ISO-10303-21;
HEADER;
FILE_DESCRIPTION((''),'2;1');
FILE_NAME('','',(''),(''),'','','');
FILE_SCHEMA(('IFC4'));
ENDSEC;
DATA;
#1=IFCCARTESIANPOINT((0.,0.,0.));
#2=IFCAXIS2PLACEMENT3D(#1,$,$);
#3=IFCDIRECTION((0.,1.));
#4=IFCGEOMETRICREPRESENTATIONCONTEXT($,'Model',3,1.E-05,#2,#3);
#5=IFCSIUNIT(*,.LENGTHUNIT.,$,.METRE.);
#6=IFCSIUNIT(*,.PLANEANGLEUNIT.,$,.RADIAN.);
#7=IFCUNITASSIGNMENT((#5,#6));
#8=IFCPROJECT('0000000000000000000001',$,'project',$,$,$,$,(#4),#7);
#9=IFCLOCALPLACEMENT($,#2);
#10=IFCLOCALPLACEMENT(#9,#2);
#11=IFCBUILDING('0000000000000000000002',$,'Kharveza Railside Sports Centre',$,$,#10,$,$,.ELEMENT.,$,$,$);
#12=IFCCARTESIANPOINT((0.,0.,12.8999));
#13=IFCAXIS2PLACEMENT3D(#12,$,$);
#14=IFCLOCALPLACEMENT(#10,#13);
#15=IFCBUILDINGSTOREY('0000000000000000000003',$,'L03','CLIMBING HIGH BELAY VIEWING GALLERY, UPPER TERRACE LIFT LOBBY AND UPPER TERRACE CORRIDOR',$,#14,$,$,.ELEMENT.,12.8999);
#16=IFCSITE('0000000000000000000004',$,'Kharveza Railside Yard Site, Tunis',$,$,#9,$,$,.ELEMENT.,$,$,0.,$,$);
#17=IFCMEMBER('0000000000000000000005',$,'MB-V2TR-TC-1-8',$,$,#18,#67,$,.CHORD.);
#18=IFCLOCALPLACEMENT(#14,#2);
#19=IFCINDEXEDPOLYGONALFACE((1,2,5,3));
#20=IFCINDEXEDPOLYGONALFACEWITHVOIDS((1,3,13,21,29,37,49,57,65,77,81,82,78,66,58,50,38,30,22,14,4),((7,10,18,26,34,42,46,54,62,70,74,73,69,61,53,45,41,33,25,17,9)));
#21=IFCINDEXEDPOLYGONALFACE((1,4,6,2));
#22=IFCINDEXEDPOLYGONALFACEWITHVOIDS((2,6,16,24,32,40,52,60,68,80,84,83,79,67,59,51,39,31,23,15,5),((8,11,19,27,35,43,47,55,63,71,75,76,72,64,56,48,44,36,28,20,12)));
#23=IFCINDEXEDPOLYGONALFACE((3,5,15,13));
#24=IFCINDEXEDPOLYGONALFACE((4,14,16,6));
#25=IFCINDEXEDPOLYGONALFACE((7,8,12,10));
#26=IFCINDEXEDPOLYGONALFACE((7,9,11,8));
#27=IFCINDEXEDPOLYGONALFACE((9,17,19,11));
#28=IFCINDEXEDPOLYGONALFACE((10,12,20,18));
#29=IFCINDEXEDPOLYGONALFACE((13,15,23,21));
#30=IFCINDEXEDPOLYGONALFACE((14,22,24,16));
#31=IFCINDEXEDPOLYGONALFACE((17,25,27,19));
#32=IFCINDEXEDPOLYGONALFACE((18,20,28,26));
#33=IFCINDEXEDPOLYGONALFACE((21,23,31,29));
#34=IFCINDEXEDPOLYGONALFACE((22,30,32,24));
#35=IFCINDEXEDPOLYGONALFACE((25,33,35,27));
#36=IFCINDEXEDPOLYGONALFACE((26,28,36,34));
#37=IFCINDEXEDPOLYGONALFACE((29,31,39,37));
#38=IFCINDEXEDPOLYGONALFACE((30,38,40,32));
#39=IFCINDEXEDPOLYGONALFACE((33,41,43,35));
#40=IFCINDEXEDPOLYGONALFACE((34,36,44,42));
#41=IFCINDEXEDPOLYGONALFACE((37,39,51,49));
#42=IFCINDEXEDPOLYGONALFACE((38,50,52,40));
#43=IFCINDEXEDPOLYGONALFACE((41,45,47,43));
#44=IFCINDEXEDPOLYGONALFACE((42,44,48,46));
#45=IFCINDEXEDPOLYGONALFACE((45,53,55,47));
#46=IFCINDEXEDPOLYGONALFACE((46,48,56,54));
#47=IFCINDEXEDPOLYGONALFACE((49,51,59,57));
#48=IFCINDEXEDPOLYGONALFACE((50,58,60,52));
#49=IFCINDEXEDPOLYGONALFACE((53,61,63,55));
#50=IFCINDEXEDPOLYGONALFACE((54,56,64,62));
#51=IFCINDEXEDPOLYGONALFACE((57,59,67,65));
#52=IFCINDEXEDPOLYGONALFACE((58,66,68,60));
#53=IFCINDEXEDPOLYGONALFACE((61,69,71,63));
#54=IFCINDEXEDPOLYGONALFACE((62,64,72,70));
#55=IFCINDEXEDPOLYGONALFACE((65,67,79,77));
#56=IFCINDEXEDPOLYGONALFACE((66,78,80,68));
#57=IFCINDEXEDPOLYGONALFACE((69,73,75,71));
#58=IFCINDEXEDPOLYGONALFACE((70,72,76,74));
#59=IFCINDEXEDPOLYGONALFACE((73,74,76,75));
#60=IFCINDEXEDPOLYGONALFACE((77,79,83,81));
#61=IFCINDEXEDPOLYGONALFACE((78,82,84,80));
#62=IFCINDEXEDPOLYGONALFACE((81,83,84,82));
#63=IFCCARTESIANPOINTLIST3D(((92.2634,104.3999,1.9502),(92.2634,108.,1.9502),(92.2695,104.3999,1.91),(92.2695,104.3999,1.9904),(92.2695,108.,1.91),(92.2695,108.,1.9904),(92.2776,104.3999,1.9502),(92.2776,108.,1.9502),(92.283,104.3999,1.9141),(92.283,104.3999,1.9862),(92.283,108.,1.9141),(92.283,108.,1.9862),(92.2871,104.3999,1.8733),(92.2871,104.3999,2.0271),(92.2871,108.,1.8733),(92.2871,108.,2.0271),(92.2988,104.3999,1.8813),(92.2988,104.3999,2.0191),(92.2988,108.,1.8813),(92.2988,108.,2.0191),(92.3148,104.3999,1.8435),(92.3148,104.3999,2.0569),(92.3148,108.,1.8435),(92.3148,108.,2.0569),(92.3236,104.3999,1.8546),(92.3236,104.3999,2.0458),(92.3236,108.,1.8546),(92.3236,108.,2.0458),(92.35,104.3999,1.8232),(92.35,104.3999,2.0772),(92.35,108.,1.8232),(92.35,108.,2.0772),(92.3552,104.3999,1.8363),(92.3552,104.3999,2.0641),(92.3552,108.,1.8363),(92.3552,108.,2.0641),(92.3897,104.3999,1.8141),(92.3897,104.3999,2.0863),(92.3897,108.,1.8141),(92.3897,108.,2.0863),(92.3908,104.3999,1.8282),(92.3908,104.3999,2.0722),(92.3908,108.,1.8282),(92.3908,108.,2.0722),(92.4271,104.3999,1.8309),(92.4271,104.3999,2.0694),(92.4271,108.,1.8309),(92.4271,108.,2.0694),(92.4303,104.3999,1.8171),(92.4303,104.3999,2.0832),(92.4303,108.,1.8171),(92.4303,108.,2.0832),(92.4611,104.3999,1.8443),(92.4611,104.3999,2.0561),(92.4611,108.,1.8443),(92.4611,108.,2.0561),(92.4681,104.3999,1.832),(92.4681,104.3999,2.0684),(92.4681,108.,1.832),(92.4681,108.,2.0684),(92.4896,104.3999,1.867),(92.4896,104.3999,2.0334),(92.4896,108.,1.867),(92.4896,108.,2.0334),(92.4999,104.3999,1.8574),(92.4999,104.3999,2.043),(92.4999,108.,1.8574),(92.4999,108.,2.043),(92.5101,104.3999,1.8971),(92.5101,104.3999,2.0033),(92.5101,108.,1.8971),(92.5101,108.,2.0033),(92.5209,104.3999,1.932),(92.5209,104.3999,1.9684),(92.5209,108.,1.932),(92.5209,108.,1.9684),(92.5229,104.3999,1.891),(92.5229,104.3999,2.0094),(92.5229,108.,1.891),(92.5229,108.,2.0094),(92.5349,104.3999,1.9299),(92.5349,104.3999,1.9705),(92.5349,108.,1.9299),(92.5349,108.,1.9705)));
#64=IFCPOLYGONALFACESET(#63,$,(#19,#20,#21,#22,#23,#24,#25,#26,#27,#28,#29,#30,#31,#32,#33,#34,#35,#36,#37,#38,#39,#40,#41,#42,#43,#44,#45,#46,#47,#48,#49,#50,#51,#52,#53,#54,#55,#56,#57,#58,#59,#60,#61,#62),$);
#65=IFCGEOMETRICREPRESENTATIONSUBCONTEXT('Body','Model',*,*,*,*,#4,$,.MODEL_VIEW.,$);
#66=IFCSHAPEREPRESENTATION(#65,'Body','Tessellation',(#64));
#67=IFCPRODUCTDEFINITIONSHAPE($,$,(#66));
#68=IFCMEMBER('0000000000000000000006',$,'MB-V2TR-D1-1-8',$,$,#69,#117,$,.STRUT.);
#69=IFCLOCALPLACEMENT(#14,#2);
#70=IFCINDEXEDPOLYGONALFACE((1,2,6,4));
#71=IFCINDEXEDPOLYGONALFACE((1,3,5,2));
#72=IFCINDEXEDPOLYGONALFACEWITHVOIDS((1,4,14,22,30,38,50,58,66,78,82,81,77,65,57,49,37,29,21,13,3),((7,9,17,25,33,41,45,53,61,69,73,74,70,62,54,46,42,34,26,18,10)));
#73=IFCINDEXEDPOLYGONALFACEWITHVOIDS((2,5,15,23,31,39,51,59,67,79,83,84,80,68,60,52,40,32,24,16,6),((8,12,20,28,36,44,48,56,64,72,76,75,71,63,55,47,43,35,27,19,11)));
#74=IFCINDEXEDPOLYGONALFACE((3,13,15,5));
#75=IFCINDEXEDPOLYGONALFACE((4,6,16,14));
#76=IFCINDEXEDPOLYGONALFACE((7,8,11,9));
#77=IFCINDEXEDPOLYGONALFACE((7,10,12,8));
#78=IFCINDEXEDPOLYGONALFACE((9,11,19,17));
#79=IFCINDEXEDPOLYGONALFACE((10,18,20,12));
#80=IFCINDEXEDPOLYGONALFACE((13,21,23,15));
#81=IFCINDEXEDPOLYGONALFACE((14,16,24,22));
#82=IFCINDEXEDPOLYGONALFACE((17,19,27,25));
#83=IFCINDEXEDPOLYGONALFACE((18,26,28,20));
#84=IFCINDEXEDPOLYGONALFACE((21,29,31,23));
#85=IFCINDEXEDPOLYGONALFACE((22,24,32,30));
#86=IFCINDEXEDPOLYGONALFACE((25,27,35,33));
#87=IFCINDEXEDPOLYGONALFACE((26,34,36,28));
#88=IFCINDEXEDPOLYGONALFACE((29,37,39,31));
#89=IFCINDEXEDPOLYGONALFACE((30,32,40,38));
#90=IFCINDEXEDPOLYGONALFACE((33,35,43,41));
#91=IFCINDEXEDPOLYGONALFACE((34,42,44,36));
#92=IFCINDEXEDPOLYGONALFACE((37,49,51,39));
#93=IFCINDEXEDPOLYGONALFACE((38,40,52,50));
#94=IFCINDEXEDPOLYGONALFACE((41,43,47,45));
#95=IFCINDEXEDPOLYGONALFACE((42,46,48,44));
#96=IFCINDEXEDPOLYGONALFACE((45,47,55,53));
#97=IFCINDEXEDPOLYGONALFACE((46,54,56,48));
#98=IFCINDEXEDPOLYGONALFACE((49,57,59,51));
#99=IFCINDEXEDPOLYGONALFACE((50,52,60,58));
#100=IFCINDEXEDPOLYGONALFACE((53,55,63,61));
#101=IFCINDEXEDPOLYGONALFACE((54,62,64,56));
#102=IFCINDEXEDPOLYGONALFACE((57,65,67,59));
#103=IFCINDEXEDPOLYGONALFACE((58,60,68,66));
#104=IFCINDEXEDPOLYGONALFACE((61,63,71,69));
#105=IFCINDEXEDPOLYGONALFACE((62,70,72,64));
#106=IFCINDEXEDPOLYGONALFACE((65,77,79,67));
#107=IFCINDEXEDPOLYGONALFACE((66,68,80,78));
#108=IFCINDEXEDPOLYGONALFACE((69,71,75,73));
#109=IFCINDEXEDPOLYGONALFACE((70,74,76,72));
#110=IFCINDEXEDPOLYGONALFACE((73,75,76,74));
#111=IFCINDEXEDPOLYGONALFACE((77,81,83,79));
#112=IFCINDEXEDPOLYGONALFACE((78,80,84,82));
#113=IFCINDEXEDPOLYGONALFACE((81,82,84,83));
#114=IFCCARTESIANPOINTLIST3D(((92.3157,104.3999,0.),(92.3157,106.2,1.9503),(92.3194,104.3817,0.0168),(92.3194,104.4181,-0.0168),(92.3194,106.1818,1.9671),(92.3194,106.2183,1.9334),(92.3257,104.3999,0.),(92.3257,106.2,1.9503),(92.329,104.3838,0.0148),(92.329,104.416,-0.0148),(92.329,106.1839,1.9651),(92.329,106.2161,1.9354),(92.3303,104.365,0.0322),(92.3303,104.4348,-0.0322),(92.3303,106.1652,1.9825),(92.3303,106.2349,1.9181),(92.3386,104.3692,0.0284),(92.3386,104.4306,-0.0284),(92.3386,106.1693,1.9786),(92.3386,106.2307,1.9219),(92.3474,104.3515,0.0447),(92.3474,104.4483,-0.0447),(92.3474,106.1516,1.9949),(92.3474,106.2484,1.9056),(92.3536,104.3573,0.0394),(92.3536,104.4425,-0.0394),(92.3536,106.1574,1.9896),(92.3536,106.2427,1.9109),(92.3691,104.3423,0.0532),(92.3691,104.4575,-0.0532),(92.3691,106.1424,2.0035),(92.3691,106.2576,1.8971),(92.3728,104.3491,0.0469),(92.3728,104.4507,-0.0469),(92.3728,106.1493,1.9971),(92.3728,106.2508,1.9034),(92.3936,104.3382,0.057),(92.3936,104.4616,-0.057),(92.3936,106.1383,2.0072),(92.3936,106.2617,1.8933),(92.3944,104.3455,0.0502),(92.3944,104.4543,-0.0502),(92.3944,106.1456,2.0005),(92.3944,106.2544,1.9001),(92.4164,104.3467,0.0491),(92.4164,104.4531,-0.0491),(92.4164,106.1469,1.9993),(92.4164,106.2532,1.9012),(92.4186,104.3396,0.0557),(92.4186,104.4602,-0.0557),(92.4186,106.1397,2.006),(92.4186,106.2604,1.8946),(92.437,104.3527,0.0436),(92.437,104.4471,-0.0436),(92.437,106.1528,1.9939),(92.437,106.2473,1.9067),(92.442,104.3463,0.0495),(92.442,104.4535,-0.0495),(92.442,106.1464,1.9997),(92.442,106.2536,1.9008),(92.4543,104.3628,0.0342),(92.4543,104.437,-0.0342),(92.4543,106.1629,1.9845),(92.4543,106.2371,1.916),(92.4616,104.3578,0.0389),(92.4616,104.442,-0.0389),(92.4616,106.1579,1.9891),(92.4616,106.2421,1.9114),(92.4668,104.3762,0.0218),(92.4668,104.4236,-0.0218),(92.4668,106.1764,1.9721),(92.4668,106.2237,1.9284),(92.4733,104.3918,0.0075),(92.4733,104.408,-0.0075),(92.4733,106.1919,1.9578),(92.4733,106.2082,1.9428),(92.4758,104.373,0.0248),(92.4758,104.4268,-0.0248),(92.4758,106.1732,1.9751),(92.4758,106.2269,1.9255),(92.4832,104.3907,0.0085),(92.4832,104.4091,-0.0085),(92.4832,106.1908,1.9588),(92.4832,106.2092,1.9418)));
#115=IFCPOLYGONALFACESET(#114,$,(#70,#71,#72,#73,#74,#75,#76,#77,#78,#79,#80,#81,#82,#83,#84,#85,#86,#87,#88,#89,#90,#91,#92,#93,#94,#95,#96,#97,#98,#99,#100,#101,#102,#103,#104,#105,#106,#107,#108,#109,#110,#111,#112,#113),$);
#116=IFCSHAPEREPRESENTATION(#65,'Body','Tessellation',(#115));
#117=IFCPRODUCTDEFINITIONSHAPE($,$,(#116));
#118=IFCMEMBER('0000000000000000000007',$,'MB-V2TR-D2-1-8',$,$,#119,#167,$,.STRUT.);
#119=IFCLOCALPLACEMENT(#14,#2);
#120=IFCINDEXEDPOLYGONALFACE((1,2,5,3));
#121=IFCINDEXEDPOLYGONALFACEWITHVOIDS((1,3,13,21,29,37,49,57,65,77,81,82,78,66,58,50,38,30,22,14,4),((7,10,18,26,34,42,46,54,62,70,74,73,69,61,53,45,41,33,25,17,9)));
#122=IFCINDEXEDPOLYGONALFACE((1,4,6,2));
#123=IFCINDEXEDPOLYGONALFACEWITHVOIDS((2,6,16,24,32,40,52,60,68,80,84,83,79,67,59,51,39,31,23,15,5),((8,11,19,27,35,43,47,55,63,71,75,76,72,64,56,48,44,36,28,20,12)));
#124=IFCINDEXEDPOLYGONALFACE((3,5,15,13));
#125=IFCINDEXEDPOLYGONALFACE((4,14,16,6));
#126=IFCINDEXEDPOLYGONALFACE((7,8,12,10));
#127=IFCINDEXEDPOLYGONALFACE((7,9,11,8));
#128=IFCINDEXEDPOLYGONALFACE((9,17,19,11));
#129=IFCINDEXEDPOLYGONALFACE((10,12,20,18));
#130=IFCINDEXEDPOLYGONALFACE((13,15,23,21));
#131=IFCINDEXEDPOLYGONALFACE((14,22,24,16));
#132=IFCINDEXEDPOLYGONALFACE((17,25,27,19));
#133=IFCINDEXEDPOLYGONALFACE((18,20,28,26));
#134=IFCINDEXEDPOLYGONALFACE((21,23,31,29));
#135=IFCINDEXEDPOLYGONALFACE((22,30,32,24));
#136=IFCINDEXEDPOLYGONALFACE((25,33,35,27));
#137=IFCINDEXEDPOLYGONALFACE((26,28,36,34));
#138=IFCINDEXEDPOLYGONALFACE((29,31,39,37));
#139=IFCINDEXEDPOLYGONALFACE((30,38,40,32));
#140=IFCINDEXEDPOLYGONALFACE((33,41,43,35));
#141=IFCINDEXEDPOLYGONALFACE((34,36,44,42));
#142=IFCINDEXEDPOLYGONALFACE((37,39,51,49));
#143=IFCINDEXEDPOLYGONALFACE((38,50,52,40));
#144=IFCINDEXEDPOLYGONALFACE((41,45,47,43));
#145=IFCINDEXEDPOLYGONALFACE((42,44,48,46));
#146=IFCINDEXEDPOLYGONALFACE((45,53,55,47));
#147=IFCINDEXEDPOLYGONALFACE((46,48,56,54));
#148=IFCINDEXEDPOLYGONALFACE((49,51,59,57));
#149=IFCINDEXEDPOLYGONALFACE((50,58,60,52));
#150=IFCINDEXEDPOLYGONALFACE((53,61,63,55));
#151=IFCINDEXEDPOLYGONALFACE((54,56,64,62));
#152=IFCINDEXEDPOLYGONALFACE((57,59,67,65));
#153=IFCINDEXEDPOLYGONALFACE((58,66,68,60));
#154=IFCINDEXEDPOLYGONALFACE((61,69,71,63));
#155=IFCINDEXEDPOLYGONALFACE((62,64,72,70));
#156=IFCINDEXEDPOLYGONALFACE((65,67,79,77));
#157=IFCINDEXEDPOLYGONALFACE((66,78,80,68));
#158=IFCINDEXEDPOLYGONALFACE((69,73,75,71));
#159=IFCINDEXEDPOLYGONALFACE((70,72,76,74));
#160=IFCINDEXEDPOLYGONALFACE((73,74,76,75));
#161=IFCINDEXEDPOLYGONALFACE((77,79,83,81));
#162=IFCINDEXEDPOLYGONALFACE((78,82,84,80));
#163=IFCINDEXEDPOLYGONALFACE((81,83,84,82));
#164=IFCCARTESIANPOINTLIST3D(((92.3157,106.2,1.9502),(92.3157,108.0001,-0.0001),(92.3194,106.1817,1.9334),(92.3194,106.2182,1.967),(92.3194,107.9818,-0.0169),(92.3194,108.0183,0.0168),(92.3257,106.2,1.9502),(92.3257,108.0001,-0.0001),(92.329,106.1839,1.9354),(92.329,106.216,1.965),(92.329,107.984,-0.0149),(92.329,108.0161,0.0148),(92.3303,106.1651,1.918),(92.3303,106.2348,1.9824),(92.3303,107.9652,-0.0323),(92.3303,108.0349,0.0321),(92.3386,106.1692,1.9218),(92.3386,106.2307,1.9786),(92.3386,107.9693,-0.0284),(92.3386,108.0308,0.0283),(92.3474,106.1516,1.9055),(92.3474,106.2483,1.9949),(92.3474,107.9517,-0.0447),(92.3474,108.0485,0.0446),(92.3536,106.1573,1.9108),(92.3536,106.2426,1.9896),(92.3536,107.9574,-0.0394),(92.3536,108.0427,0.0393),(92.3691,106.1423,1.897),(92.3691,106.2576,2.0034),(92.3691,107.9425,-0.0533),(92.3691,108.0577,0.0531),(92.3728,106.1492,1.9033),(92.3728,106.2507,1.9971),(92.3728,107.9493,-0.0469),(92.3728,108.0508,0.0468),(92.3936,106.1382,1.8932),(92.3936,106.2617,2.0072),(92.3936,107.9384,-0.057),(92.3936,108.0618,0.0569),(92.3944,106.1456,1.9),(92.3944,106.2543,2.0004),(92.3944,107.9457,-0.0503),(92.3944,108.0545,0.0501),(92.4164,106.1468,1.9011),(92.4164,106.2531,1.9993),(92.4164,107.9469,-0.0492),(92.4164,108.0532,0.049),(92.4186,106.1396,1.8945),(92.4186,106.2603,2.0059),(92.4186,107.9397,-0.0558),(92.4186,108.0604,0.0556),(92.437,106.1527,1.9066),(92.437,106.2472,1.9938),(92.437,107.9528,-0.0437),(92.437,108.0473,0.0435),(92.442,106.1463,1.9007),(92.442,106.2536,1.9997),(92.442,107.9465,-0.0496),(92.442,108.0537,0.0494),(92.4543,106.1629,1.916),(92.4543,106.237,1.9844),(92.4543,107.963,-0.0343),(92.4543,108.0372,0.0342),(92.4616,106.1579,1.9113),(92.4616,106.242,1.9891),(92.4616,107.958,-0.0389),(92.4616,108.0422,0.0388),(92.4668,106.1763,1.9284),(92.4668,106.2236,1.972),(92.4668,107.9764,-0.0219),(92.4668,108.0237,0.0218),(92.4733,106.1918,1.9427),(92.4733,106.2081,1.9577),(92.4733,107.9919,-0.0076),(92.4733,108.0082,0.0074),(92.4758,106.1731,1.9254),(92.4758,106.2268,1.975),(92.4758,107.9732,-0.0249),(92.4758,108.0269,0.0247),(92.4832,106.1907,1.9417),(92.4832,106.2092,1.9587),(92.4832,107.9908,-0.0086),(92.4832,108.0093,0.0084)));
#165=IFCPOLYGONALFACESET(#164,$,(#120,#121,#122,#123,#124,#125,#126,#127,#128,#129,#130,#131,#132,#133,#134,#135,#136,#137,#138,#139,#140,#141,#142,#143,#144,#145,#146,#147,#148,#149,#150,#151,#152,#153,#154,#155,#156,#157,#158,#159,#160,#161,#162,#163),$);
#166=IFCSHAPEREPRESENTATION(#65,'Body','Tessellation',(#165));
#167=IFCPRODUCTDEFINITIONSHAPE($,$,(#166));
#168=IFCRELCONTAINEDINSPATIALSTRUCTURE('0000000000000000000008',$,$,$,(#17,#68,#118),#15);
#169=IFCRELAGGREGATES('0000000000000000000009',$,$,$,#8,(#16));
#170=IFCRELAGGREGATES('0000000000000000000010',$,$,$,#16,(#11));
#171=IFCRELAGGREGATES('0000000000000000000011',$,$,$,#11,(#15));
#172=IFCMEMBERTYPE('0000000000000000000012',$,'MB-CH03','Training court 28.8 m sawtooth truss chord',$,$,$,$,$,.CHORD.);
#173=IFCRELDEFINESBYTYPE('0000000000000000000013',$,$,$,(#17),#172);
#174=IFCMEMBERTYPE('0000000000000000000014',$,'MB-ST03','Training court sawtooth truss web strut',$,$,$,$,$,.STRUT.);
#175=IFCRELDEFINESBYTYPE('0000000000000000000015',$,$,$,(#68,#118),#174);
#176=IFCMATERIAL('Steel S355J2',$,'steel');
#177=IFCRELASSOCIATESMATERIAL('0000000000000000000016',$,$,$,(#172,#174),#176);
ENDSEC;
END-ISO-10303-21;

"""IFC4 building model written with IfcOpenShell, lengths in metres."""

from ifc_helpers import new_model, si_unit, direction, frame, origin, origin_2d, place, context, subcontext, project, spatial, hollow_circle, extrude, material, material_profile, profile_set, type_object, element, save


model = new_model("IFC4")

# Units and contexts
model_context = context("Model", 3, precision=1e-05, world=origin(), true_north=direction((0.0, 1.0)))
body_context = subcontext(model_context, "Body", "Model", "MODEL_VIEW")
ifc_project = project(units=[si_unit("LENGTHUNIT", "METRE"), si_unit("PLANEANGLEUNIT", "RADIAN")], contexts=[model_context])

# Site, building, storey
site_placement = place(None, origin())
site = spatial("IfcSite", under=ifc_project, at=site_placement, Name="Kharveza Railside Yard Site, Tunis", CompositionType="ELEMENT", RefElevation=0.0)
building_placement = place(site_placement, origin())
building = spatial("IfcBuilding", under=site, at=building_placement, Name="Kharveza Railside Sports Centre", CompositionType="ELEMENT")
storey_placement = place(building_placement, frame((0.0, 0.0, 12.8999)))
storey = spatial("IfcBuildingStorey", under=building, at=storey_placement, Name="L03", Description="CLIMBING HIGH BELAY VIEWING GALLERY, UPPER TERRACE LIFT LOBBY AND UPPER TERRACE CORRIDOR", CompositionType="ELEMENT", Elevation=12.8999)

# Shared definitions
ifc_material_1 = material(Name="Steel S355J2", Category="steel")

# Members
ifc_material_profile_1 = material_profile(ifc_material_1, hollow_circle(Radius=0.1365, WallThickness=0.0142, at=origin_2d()), Name="CHS 273.0x14.2")
ifc_profile_set_1 = profile_set([ifc_material_profile_1], Name="Steel S355J2")
member_type_1 = type_object("IfcMemberType", Name="MB-CH03", Description="Training court 28.8 m sawtooth truss chord", PredefinedType="CHORD", material=ifc_profile_set_1)
for number, where, z_axis, x_axis, name in (
    (1, (92.3999, 104.3999, 1.9502), (0.0, 1.0, 0.0), (-1.0, 0.0, 0.0), "MB-V2TR-TC-1-8"),
):
    element("IfcMember", number, at=place(storey_placement, frame(where, z_axis=z_axis, x_axis=x_axis)), inside=storey, type_object=member_type_1, Name=name, PredefinedType="CHORD", context=body_context, shape_type="SweptSolid", body=[
        extrude(hollow_circle(Radius=0.1365, WallThickness=0.0142, at=origin_2d()), origin(), (0.0, 0.0, 1.0), 3.6001),
    ])
ifc_material_profile_2 = material_profile(ifc_material_1, hollow_circle(Radius=0.0842, WallThickness=0.01, at=origin_2d()), Name="CHS 168.3x10.0")
ifc_profile_set_2 = profile_set([ifc_material_profile_2], Name="Steel S355J2")
member_type_2 = type_object("IfcMemberType", Name="MB-ST03", Description="Training court sawtooth truss web strut", PredefinedType="STRUT", material=ifc_profile_set_2)
for number, where, z_axis, x_axis, name in (
    (2, (92.3999, 104.3999, 0.0), (0.0, 0.678253, 0.734828), (-1.0, 0.0, 0.0), "MB-V2TR-D1-1-8"),
    (3, (92.3999, 106.2, 1.9502), (0.0, 0.678253, -0.734828), (-1.0, 0.0, 0.0), "MB-V2TR-D2-1-8"),
):
    element("IfcMember", number, at=place(storey_placement, frame(where, z_axis=z_axis, x_axis=x_axis)), inside=storey, type_object=member_type_2, Name=name, PredefinedType="STRUT", context=body_context, shape_type="SweptSolid", body=[
        extrude(hollow_circle(Radius=0.0842, WallThickness=0.01, at=origin_2d()), origin(), (0.0, 0.0, 1.0), 2.6541),
    ])

save(model, "model.ifc")
